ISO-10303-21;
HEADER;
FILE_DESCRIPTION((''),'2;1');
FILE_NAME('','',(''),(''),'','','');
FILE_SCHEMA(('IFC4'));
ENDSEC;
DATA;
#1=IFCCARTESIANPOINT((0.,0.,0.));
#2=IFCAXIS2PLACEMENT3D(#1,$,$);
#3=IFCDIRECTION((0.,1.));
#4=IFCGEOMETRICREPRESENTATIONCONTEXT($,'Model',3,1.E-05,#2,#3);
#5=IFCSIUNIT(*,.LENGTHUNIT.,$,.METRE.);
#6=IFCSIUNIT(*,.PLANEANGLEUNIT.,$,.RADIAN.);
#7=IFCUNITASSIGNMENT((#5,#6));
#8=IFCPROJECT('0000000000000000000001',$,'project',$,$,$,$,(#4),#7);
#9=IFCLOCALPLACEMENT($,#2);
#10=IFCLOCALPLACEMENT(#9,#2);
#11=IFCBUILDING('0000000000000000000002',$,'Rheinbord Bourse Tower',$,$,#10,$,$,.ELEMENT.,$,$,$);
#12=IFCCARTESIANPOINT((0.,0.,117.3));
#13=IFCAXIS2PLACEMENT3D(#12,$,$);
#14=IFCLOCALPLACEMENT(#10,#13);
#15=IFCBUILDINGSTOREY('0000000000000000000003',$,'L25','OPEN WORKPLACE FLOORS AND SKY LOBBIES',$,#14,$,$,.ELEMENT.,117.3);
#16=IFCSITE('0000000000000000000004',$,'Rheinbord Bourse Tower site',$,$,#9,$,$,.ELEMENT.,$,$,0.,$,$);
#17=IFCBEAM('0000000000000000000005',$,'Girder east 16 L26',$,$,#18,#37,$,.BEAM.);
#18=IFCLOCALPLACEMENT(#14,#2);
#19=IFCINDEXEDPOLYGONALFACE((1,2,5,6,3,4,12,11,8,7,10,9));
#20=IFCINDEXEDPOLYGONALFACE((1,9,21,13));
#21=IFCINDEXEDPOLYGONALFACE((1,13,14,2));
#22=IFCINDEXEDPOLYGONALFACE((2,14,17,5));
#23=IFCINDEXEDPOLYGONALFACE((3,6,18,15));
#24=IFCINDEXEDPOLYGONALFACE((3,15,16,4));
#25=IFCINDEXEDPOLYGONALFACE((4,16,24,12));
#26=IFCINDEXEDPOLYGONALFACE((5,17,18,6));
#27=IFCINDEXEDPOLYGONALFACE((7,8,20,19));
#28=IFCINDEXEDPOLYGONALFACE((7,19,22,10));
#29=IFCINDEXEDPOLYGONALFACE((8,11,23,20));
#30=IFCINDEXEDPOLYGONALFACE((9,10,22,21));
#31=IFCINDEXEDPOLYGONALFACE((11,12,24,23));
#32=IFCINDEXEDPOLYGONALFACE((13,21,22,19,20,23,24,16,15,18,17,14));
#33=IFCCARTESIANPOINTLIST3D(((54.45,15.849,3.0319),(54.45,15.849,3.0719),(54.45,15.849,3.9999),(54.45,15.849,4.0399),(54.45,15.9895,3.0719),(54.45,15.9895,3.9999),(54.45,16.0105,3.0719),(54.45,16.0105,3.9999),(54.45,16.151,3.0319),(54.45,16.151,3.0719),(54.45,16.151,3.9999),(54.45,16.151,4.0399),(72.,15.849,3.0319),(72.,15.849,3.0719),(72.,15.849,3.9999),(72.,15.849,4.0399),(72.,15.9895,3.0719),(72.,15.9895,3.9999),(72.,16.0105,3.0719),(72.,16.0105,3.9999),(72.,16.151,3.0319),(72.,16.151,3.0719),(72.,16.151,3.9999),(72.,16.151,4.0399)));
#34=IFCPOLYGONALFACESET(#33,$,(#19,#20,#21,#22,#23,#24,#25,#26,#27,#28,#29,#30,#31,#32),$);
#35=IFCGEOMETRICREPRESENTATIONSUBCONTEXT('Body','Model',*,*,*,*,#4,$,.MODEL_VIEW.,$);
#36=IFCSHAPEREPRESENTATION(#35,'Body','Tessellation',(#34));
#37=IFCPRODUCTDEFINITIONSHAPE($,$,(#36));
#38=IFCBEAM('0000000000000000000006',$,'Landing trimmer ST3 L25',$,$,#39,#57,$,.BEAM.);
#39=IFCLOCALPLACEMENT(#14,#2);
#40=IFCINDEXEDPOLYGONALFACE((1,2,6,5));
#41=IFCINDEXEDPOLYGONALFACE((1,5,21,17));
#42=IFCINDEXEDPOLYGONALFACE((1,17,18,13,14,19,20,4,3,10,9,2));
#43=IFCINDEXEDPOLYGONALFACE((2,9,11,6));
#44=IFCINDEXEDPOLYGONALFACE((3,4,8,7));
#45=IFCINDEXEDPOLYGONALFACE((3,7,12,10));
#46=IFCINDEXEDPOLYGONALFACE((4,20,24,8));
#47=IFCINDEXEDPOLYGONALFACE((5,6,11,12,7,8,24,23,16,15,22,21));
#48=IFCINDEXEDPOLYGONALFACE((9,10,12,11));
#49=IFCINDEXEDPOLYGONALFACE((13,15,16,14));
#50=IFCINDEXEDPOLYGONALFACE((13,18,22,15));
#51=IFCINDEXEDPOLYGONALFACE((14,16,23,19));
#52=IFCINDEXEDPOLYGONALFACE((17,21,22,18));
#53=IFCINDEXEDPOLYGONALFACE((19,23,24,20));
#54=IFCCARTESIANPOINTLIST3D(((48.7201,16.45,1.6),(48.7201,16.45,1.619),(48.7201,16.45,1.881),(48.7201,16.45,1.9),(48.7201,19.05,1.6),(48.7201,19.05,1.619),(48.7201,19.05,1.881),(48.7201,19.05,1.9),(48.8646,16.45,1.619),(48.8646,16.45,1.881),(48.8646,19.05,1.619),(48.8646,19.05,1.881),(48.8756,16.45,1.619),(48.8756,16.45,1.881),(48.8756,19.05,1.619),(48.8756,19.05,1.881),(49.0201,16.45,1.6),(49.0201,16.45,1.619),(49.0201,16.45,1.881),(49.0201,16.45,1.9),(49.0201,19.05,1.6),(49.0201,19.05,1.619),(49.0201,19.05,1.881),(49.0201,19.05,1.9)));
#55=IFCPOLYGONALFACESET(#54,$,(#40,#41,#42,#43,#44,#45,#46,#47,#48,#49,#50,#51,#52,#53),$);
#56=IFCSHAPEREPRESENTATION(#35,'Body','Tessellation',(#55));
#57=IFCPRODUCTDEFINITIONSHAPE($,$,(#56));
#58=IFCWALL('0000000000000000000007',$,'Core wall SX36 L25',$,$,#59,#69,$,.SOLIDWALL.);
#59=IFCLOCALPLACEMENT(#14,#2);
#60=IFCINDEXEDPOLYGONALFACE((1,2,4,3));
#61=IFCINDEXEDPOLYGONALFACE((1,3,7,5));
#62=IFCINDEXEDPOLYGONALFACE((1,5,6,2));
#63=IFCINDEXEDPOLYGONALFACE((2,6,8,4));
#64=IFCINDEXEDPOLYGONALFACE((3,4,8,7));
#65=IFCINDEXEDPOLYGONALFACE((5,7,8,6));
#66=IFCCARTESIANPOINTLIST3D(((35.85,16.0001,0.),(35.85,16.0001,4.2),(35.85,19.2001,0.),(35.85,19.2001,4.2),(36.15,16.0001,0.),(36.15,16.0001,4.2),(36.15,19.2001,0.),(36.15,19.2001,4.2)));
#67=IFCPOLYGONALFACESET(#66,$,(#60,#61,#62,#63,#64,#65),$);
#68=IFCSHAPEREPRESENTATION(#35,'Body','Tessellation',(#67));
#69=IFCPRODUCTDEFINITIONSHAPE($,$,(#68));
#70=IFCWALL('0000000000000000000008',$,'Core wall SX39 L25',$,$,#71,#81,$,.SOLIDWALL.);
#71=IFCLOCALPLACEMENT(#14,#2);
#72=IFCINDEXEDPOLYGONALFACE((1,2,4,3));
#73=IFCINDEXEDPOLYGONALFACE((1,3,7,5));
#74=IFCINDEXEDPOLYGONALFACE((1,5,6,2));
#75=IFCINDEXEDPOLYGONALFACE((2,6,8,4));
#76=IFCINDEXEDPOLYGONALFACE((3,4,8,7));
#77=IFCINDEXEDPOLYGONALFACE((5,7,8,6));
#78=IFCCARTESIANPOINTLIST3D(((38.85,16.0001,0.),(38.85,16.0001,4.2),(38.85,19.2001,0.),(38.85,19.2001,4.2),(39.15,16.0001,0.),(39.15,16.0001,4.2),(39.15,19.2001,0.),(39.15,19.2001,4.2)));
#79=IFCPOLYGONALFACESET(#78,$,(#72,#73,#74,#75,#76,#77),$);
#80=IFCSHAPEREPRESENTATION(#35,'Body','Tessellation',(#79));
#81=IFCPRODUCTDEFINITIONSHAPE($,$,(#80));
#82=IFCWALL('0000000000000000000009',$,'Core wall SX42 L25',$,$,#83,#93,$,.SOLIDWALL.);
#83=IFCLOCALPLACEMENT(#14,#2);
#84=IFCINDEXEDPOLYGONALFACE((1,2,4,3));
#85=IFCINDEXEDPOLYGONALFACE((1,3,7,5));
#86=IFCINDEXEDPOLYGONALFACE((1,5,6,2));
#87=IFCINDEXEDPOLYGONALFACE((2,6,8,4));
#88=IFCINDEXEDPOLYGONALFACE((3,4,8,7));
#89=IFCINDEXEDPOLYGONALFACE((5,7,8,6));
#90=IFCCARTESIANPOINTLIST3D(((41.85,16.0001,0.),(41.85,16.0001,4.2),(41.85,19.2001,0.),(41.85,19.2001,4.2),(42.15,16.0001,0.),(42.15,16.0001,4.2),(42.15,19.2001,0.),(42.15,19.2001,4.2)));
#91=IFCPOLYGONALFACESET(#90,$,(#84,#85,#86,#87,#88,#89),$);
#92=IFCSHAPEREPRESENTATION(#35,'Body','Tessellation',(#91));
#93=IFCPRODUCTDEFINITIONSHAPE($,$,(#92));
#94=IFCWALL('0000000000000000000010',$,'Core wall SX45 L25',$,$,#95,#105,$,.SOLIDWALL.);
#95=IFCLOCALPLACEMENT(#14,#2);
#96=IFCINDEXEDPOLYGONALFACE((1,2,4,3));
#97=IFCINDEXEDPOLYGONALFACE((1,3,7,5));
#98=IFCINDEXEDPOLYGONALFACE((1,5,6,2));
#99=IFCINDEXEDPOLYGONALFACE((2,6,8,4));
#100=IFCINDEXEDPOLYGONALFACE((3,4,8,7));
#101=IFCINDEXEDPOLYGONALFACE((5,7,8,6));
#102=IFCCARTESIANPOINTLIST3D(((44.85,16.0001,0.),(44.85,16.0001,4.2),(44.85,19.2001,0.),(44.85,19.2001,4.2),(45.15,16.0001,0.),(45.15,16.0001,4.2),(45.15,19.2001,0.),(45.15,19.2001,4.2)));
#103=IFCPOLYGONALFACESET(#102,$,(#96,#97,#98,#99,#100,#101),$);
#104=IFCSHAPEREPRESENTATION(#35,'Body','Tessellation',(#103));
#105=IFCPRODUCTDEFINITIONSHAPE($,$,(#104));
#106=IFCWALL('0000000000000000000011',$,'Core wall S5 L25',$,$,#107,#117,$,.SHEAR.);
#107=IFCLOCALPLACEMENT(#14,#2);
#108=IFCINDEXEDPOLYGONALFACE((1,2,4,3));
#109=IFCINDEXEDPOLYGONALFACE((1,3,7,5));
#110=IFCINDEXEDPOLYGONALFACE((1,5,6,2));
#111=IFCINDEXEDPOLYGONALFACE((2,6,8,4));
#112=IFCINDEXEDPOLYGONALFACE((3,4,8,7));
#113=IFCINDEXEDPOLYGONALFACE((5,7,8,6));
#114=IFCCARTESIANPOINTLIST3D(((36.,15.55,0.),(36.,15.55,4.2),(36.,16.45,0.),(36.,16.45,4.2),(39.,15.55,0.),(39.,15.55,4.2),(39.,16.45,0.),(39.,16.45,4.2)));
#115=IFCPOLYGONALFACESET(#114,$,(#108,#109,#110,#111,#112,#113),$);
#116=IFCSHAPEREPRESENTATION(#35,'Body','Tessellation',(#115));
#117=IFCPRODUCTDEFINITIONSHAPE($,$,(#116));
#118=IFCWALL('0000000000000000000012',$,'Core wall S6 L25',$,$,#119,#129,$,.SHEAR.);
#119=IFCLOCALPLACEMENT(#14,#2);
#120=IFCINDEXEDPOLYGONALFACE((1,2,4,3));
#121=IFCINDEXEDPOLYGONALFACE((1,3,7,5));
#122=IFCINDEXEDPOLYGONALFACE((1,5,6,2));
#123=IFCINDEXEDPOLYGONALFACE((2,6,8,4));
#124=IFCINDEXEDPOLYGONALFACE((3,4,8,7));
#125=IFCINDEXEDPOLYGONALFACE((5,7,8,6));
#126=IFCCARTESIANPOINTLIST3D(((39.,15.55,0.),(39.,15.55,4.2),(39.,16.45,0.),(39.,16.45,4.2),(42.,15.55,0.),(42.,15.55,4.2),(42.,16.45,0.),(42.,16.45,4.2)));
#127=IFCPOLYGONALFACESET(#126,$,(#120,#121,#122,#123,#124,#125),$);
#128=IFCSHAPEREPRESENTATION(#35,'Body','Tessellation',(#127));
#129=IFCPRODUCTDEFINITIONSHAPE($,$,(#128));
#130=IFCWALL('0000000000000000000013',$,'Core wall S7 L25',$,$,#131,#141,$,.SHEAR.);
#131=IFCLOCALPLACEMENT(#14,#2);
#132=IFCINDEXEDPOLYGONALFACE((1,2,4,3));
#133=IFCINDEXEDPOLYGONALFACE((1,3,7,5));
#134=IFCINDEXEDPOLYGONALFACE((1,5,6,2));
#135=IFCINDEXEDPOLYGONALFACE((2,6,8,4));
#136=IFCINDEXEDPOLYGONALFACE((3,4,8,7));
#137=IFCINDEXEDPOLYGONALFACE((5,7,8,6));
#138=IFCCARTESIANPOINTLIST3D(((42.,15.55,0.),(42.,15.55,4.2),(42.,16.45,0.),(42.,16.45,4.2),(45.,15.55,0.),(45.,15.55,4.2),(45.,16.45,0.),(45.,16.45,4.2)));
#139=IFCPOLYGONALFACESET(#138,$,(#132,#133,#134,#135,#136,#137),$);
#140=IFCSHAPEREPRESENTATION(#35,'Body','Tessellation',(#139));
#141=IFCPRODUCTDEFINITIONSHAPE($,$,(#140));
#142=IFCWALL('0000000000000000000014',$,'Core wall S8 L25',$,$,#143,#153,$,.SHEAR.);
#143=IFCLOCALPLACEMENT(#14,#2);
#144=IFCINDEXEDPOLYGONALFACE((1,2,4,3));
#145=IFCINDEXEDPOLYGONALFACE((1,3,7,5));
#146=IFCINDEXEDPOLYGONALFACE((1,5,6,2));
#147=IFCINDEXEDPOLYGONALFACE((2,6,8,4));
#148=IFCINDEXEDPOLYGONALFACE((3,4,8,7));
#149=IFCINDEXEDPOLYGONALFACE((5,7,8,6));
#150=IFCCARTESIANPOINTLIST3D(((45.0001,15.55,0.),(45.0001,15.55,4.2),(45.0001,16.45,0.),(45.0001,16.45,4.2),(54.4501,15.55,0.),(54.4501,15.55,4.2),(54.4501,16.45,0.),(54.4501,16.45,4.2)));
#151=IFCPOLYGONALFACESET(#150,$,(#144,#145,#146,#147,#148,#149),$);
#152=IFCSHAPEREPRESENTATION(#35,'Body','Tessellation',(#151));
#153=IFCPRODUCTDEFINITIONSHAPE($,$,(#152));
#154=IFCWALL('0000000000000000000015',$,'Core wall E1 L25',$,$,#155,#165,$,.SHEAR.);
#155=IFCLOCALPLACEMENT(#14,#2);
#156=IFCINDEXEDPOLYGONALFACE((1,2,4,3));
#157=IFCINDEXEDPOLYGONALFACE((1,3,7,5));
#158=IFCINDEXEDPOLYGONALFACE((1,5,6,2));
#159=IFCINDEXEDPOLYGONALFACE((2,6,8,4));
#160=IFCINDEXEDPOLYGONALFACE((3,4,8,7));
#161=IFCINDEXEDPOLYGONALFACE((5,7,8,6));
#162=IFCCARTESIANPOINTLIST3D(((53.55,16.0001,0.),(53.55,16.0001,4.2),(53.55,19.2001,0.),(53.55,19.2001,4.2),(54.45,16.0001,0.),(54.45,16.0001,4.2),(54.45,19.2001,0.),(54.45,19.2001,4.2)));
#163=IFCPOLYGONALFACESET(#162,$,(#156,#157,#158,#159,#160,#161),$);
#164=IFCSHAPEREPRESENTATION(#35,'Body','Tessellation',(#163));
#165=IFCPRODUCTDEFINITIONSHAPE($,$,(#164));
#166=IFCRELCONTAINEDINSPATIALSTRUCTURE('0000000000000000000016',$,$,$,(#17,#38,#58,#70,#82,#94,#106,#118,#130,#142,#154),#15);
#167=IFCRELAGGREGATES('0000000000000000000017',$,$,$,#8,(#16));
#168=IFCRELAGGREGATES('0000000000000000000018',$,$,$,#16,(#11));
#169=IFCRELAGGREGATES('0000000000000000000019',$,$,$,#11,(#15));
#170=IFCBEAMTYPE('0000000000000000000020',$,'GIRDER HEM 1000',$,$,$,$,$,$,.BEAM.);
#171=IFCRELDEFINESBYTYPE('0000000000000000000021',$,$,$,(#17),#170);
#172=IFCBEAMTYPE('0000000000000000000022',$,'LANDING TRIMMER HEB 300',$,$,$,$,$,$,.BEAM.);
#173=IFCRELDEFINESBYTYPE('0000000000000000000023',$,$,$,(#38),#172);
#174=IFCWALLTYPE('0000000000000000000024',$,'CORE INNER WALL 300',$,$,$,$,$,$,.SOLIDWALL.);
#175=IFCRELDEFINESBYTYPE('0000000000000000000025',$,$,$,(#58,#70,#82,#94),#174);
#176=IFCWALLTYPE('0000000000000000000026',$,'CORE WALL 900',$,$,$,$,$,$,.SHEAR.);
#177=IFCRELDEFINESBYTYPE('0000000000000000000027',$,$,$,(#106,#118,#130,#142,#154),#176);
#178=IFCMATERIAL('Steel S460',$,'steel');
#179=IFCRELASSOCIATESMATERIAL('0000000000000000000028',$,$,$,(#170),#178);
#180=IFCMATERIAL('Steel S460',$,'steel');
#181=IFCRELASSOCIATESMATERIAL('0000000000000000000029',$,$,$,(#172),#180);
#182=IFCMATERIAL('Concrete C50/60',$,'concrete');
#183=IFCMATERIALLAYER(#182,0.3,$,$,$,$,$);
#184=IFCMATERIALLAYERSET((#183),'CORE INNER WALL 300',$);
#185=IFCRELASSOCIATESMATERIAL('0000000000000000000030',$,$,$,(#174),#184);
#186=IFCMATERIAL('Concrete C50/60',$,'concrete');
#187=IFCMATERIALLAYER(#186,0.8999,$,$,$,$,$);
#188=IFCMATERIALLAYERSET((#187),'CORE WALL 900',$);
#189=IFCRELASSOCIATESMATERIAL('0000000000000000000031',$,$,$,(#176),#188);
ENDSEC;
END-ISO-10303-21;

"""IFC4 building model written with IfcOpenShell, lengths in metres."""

from ifc_helpers import new_model, si_unit, direction, frame, frame_2d, origin, origin_2d, place, context, subcontext, project, spatial, rectangle, i_section, extrude, material, layer, layer_set, material_profile, profile_set, type_object, element, save


model = new_model("IFC4")

# Units and contexts
model_context = context("Model", 3, precision=1e-05, world=origin(), true_north=direction((0.0, 1.0)))
body_context = subcontext(model_context, "Body", "Model", "MODEL_VIEW")
ifc_project = project(units=[si_unit("LENGTHUNIT", "METRE"), si_unit("PLANEANGLEUNIT", "RADIAN")], contexts=[model_context])

# Site, building, storey
site_placement = place(None, origin())
site = spatial("IfcSite", under=ifc_project, at=site_placement, Name="Rheinbord Bourse Tower site", CompositionType="ELEMENT", RefElevation=0.0)
building_placement = place(site_placement, origin())
building = spatial("IfcBuilding", under=site, at=building_placement, Name="Rheinbord Bourse Tower", CompositionType="ELEMENT")
storey_placement = place(building_placement, frame((0.0, 0.0, 117.3)))
storey = spatial("IfcBuildingStorey", under=building, at=storey_placement, Name="L25", Description="OPEN WORKPLACE FLOORS AND SKY LOBBIES", CompositionType="ELEMENT", Elevation=117.3)

# Beams
ifc_material_1 = material(Name="Steel S460", Category="steel")
ifc_material_profile_1 = material_profile(ifc_material_1, i_section(OverallWidth=0.302, OverallDepth=1.0081, WebThickness=0.021, FlangeThickness=0.04, at=origin_2d()), Name="HEM 1000")
ifc_profile_set_1 = profile_set([ifc_material_profile_1], Name="Steel S460")
beam_type_1 = type_object("IfcBeamType", Name="GIRDER HEM 1000", PredefinedType="BEAM", material=ifc_profile_set_1)
beam_1_placement = place(storey_placement, frame((54.45, 16.0, 3.5359), z_axis=(1.0, 0.0, 0.0), x_axis=(0.0, 1.0, 0.0)))
element("IfcBeam", 1, at=beam_1_placement, inside=storey, type_object=beam_type_1, Name="Girder east 16 L26", PredefinedType="BEAM", context=body_context, shape_type="SweptSolid", body=[
    extrude(i_section(OverallWidth=0.302, OverallDepth=1.0081, WebThickness=0.021, FlangeThickness=0.04, at=origin_2d()), origin(), (0.0, 0.0, 1.0), 17.55),
])
ifc_material_2 = material(Name="Steel S460", Category="steel")
ifc_material_profile_2 = material_profile(ifc_material_2, i_section(OverallWidth=0.3, OverallDepth=0.3, WebThickness=0.011, FlangeThickness=0.019, at=origin_2d()), Name="HEB 300")
ifc_profile_set_2 = profile_set([ifc_material_profile_2], Name="Steel S460")
beam_type_2 = type_object("IfcBeamType", Name="LANDING TRIMMER HEB 300", PredefinedType="BEAM", material=ifc_profile_set_2)
beam_2_placement = place(storey_placement, frame((48.8701, 16.45, 1.75), z_axis=(0.0, 1.0, 0.0), x_axis=(-1.0, 0.0, 0.0)))
element("IfcBeam", 2, at=beam_2_placement, inside=storey, type_object=beam_type_2, Name="Landing trimmer ST3 L25", PredefinedType="BEAM", context=body_context, shape_type="SweptSolid", body=[
    extrude(i_section(OverallWidth=0.3, OverallDepth=0.3, WebThickness=0.011, FlangeThickness=0.019, at=origin_2d()), origin(), (0.0, 0.0, 1.0), 2.6001),
])

# Walls
ifc_material_3 = material(Name="Concrete C50/60", Category="concrete")
ifc_layer_1 = layer(ifc_material_3, 0.3)
ifc_layer_set_1 = layer_set([ifc_layer_1], Name="CORE INNER WALL 300")
wall_type_1 = type_object("IfcWallType", Name="CORE INNER WALL 300", PredefinedType="SOLIDWALL", material=ifc_layer_set_1)
for number, where, z_axis, x_axis, name in (
    (3, (36.0, 16.0, 0.0), (0.0, 0.0, 1.0), (0.0, 1.0, 0.0), "Core wall SX36 L25"),
    (4, (39.0, 16.0, 0.0), (0.0, 0.0, 1.0), (0.0, 1.0, 0.0), "Core wall SX39 L25"),
    (5, (42.0, 16.0, 0.0), (0.0, 0.0, 1.0), (0.0, 1.0, 0.0), "Core wall SX42 L25"),
    (6, (45.0, 16.0, 0.0), (0.0, 0.0, 1.0), (0.0, 1.0, 0.0), "Core wall SX45 L25"),
):
    element("IfcWall", number, at=place(storey_placement, frame(where, z_axis=z_axis, x_axis=x_axis)), inside=storey, type_object=wall_type_1, Name=name, PredefinedType="SOLIDWALL", context=body_context, shape_type="SweptSolid", body=[
        extrude(rectangle(XDim=3.2, YDim=0.3, at=frame_2d((1.6001, 0.0))), origin(), (0.0, 0.0, 1.0), 4.2),
    ])
ifc_material_4 = material(Name="Concrete C50/60", Category="concrete")
ifc_layer_2 = layer(ifc_material_4, 0.8999)
ifc_layer_set_2 = layer_set([ifc_layer_2], Name="CORE WALL 900")
wall_type_2 = type_object("IfcWallType", Name="CORE WALL 900", PredefinedType="SHEAR", material=ifc_layer_set_2)
for number, where, z_axis, x_axis, name in (
    (7, (36.0, 16.0, 0.0), (0.0, 0.0, 1.0), (1.0, 0.0, 0.0), "Core wall S5 L25"),
    (8, (39.0, 16.0, 0.0), (0.0, 0.0, 1.0), (1.0, 0.0, 0.0), "Core wall S6 L25"),
    (9, (42.0, 16.0, 0.0), (0.0, 0.0, 1.0), (1.0, 0.0, 0.0), "Core wall S7 L25"),
):
    element("IfcWall", number, at=place(storey_placement, frame(where, z_axis=z_axis, x_axis=x_axis)), inside=storey, type_object=wall_type_2, Name=name, PredefinedType="SHEAR", context=body_context, shape_type="SweptSolid", body=[
        extrude(rectangle(XDim=3.0, YDim=0.8999, at=frame_2d((1.5, 0.0))), origin(), (0.0, 0.0, 1.0), 4.2),
    ])
wall_1_placement = place(storey_placement, frame((45.0, 16.0, 0.0), z_axis=(0.0, 0.0, 1.0), x_axis=(1.0, 0.0, 0.0)))
element("IfcWall", 10, at=wall_1_placement, inside=storey, type_object=wall_type_2, Name="Core wall S8 L25", PredefinedType="SHEAR", context=body_context, shape_type="SweptSolid", body=[
    extrude(rectangle(XDim=9.45, YDim=0.8999, at=frame_2d((4.7251, 0.0))), origin(), (0.0, 0.0, 1.0), 4.2),
])
wall_2_placement = place(storey_placement, frame((54.0, 16.0, 0.0), z_axis=(0.0, 0.0, 1.0), x_axis=(0.0, 1.0, 0.0)))
element("IfcWall", 11, at=wall_2_placement, inside=storey, type_object=wall_type_2, Name="Core wall E1 L25", PredefinedType="SHEAR", context=body_context, shape_type="SweptSolid", body=[
    extrude(rectangle(XDim=3.2, YDim=0.8999, at=frame_2d((1.6001, 0.0))), origin(), (0.0, 0.0, 1.0), 4.2),
])

save(model, "model.ifc")
